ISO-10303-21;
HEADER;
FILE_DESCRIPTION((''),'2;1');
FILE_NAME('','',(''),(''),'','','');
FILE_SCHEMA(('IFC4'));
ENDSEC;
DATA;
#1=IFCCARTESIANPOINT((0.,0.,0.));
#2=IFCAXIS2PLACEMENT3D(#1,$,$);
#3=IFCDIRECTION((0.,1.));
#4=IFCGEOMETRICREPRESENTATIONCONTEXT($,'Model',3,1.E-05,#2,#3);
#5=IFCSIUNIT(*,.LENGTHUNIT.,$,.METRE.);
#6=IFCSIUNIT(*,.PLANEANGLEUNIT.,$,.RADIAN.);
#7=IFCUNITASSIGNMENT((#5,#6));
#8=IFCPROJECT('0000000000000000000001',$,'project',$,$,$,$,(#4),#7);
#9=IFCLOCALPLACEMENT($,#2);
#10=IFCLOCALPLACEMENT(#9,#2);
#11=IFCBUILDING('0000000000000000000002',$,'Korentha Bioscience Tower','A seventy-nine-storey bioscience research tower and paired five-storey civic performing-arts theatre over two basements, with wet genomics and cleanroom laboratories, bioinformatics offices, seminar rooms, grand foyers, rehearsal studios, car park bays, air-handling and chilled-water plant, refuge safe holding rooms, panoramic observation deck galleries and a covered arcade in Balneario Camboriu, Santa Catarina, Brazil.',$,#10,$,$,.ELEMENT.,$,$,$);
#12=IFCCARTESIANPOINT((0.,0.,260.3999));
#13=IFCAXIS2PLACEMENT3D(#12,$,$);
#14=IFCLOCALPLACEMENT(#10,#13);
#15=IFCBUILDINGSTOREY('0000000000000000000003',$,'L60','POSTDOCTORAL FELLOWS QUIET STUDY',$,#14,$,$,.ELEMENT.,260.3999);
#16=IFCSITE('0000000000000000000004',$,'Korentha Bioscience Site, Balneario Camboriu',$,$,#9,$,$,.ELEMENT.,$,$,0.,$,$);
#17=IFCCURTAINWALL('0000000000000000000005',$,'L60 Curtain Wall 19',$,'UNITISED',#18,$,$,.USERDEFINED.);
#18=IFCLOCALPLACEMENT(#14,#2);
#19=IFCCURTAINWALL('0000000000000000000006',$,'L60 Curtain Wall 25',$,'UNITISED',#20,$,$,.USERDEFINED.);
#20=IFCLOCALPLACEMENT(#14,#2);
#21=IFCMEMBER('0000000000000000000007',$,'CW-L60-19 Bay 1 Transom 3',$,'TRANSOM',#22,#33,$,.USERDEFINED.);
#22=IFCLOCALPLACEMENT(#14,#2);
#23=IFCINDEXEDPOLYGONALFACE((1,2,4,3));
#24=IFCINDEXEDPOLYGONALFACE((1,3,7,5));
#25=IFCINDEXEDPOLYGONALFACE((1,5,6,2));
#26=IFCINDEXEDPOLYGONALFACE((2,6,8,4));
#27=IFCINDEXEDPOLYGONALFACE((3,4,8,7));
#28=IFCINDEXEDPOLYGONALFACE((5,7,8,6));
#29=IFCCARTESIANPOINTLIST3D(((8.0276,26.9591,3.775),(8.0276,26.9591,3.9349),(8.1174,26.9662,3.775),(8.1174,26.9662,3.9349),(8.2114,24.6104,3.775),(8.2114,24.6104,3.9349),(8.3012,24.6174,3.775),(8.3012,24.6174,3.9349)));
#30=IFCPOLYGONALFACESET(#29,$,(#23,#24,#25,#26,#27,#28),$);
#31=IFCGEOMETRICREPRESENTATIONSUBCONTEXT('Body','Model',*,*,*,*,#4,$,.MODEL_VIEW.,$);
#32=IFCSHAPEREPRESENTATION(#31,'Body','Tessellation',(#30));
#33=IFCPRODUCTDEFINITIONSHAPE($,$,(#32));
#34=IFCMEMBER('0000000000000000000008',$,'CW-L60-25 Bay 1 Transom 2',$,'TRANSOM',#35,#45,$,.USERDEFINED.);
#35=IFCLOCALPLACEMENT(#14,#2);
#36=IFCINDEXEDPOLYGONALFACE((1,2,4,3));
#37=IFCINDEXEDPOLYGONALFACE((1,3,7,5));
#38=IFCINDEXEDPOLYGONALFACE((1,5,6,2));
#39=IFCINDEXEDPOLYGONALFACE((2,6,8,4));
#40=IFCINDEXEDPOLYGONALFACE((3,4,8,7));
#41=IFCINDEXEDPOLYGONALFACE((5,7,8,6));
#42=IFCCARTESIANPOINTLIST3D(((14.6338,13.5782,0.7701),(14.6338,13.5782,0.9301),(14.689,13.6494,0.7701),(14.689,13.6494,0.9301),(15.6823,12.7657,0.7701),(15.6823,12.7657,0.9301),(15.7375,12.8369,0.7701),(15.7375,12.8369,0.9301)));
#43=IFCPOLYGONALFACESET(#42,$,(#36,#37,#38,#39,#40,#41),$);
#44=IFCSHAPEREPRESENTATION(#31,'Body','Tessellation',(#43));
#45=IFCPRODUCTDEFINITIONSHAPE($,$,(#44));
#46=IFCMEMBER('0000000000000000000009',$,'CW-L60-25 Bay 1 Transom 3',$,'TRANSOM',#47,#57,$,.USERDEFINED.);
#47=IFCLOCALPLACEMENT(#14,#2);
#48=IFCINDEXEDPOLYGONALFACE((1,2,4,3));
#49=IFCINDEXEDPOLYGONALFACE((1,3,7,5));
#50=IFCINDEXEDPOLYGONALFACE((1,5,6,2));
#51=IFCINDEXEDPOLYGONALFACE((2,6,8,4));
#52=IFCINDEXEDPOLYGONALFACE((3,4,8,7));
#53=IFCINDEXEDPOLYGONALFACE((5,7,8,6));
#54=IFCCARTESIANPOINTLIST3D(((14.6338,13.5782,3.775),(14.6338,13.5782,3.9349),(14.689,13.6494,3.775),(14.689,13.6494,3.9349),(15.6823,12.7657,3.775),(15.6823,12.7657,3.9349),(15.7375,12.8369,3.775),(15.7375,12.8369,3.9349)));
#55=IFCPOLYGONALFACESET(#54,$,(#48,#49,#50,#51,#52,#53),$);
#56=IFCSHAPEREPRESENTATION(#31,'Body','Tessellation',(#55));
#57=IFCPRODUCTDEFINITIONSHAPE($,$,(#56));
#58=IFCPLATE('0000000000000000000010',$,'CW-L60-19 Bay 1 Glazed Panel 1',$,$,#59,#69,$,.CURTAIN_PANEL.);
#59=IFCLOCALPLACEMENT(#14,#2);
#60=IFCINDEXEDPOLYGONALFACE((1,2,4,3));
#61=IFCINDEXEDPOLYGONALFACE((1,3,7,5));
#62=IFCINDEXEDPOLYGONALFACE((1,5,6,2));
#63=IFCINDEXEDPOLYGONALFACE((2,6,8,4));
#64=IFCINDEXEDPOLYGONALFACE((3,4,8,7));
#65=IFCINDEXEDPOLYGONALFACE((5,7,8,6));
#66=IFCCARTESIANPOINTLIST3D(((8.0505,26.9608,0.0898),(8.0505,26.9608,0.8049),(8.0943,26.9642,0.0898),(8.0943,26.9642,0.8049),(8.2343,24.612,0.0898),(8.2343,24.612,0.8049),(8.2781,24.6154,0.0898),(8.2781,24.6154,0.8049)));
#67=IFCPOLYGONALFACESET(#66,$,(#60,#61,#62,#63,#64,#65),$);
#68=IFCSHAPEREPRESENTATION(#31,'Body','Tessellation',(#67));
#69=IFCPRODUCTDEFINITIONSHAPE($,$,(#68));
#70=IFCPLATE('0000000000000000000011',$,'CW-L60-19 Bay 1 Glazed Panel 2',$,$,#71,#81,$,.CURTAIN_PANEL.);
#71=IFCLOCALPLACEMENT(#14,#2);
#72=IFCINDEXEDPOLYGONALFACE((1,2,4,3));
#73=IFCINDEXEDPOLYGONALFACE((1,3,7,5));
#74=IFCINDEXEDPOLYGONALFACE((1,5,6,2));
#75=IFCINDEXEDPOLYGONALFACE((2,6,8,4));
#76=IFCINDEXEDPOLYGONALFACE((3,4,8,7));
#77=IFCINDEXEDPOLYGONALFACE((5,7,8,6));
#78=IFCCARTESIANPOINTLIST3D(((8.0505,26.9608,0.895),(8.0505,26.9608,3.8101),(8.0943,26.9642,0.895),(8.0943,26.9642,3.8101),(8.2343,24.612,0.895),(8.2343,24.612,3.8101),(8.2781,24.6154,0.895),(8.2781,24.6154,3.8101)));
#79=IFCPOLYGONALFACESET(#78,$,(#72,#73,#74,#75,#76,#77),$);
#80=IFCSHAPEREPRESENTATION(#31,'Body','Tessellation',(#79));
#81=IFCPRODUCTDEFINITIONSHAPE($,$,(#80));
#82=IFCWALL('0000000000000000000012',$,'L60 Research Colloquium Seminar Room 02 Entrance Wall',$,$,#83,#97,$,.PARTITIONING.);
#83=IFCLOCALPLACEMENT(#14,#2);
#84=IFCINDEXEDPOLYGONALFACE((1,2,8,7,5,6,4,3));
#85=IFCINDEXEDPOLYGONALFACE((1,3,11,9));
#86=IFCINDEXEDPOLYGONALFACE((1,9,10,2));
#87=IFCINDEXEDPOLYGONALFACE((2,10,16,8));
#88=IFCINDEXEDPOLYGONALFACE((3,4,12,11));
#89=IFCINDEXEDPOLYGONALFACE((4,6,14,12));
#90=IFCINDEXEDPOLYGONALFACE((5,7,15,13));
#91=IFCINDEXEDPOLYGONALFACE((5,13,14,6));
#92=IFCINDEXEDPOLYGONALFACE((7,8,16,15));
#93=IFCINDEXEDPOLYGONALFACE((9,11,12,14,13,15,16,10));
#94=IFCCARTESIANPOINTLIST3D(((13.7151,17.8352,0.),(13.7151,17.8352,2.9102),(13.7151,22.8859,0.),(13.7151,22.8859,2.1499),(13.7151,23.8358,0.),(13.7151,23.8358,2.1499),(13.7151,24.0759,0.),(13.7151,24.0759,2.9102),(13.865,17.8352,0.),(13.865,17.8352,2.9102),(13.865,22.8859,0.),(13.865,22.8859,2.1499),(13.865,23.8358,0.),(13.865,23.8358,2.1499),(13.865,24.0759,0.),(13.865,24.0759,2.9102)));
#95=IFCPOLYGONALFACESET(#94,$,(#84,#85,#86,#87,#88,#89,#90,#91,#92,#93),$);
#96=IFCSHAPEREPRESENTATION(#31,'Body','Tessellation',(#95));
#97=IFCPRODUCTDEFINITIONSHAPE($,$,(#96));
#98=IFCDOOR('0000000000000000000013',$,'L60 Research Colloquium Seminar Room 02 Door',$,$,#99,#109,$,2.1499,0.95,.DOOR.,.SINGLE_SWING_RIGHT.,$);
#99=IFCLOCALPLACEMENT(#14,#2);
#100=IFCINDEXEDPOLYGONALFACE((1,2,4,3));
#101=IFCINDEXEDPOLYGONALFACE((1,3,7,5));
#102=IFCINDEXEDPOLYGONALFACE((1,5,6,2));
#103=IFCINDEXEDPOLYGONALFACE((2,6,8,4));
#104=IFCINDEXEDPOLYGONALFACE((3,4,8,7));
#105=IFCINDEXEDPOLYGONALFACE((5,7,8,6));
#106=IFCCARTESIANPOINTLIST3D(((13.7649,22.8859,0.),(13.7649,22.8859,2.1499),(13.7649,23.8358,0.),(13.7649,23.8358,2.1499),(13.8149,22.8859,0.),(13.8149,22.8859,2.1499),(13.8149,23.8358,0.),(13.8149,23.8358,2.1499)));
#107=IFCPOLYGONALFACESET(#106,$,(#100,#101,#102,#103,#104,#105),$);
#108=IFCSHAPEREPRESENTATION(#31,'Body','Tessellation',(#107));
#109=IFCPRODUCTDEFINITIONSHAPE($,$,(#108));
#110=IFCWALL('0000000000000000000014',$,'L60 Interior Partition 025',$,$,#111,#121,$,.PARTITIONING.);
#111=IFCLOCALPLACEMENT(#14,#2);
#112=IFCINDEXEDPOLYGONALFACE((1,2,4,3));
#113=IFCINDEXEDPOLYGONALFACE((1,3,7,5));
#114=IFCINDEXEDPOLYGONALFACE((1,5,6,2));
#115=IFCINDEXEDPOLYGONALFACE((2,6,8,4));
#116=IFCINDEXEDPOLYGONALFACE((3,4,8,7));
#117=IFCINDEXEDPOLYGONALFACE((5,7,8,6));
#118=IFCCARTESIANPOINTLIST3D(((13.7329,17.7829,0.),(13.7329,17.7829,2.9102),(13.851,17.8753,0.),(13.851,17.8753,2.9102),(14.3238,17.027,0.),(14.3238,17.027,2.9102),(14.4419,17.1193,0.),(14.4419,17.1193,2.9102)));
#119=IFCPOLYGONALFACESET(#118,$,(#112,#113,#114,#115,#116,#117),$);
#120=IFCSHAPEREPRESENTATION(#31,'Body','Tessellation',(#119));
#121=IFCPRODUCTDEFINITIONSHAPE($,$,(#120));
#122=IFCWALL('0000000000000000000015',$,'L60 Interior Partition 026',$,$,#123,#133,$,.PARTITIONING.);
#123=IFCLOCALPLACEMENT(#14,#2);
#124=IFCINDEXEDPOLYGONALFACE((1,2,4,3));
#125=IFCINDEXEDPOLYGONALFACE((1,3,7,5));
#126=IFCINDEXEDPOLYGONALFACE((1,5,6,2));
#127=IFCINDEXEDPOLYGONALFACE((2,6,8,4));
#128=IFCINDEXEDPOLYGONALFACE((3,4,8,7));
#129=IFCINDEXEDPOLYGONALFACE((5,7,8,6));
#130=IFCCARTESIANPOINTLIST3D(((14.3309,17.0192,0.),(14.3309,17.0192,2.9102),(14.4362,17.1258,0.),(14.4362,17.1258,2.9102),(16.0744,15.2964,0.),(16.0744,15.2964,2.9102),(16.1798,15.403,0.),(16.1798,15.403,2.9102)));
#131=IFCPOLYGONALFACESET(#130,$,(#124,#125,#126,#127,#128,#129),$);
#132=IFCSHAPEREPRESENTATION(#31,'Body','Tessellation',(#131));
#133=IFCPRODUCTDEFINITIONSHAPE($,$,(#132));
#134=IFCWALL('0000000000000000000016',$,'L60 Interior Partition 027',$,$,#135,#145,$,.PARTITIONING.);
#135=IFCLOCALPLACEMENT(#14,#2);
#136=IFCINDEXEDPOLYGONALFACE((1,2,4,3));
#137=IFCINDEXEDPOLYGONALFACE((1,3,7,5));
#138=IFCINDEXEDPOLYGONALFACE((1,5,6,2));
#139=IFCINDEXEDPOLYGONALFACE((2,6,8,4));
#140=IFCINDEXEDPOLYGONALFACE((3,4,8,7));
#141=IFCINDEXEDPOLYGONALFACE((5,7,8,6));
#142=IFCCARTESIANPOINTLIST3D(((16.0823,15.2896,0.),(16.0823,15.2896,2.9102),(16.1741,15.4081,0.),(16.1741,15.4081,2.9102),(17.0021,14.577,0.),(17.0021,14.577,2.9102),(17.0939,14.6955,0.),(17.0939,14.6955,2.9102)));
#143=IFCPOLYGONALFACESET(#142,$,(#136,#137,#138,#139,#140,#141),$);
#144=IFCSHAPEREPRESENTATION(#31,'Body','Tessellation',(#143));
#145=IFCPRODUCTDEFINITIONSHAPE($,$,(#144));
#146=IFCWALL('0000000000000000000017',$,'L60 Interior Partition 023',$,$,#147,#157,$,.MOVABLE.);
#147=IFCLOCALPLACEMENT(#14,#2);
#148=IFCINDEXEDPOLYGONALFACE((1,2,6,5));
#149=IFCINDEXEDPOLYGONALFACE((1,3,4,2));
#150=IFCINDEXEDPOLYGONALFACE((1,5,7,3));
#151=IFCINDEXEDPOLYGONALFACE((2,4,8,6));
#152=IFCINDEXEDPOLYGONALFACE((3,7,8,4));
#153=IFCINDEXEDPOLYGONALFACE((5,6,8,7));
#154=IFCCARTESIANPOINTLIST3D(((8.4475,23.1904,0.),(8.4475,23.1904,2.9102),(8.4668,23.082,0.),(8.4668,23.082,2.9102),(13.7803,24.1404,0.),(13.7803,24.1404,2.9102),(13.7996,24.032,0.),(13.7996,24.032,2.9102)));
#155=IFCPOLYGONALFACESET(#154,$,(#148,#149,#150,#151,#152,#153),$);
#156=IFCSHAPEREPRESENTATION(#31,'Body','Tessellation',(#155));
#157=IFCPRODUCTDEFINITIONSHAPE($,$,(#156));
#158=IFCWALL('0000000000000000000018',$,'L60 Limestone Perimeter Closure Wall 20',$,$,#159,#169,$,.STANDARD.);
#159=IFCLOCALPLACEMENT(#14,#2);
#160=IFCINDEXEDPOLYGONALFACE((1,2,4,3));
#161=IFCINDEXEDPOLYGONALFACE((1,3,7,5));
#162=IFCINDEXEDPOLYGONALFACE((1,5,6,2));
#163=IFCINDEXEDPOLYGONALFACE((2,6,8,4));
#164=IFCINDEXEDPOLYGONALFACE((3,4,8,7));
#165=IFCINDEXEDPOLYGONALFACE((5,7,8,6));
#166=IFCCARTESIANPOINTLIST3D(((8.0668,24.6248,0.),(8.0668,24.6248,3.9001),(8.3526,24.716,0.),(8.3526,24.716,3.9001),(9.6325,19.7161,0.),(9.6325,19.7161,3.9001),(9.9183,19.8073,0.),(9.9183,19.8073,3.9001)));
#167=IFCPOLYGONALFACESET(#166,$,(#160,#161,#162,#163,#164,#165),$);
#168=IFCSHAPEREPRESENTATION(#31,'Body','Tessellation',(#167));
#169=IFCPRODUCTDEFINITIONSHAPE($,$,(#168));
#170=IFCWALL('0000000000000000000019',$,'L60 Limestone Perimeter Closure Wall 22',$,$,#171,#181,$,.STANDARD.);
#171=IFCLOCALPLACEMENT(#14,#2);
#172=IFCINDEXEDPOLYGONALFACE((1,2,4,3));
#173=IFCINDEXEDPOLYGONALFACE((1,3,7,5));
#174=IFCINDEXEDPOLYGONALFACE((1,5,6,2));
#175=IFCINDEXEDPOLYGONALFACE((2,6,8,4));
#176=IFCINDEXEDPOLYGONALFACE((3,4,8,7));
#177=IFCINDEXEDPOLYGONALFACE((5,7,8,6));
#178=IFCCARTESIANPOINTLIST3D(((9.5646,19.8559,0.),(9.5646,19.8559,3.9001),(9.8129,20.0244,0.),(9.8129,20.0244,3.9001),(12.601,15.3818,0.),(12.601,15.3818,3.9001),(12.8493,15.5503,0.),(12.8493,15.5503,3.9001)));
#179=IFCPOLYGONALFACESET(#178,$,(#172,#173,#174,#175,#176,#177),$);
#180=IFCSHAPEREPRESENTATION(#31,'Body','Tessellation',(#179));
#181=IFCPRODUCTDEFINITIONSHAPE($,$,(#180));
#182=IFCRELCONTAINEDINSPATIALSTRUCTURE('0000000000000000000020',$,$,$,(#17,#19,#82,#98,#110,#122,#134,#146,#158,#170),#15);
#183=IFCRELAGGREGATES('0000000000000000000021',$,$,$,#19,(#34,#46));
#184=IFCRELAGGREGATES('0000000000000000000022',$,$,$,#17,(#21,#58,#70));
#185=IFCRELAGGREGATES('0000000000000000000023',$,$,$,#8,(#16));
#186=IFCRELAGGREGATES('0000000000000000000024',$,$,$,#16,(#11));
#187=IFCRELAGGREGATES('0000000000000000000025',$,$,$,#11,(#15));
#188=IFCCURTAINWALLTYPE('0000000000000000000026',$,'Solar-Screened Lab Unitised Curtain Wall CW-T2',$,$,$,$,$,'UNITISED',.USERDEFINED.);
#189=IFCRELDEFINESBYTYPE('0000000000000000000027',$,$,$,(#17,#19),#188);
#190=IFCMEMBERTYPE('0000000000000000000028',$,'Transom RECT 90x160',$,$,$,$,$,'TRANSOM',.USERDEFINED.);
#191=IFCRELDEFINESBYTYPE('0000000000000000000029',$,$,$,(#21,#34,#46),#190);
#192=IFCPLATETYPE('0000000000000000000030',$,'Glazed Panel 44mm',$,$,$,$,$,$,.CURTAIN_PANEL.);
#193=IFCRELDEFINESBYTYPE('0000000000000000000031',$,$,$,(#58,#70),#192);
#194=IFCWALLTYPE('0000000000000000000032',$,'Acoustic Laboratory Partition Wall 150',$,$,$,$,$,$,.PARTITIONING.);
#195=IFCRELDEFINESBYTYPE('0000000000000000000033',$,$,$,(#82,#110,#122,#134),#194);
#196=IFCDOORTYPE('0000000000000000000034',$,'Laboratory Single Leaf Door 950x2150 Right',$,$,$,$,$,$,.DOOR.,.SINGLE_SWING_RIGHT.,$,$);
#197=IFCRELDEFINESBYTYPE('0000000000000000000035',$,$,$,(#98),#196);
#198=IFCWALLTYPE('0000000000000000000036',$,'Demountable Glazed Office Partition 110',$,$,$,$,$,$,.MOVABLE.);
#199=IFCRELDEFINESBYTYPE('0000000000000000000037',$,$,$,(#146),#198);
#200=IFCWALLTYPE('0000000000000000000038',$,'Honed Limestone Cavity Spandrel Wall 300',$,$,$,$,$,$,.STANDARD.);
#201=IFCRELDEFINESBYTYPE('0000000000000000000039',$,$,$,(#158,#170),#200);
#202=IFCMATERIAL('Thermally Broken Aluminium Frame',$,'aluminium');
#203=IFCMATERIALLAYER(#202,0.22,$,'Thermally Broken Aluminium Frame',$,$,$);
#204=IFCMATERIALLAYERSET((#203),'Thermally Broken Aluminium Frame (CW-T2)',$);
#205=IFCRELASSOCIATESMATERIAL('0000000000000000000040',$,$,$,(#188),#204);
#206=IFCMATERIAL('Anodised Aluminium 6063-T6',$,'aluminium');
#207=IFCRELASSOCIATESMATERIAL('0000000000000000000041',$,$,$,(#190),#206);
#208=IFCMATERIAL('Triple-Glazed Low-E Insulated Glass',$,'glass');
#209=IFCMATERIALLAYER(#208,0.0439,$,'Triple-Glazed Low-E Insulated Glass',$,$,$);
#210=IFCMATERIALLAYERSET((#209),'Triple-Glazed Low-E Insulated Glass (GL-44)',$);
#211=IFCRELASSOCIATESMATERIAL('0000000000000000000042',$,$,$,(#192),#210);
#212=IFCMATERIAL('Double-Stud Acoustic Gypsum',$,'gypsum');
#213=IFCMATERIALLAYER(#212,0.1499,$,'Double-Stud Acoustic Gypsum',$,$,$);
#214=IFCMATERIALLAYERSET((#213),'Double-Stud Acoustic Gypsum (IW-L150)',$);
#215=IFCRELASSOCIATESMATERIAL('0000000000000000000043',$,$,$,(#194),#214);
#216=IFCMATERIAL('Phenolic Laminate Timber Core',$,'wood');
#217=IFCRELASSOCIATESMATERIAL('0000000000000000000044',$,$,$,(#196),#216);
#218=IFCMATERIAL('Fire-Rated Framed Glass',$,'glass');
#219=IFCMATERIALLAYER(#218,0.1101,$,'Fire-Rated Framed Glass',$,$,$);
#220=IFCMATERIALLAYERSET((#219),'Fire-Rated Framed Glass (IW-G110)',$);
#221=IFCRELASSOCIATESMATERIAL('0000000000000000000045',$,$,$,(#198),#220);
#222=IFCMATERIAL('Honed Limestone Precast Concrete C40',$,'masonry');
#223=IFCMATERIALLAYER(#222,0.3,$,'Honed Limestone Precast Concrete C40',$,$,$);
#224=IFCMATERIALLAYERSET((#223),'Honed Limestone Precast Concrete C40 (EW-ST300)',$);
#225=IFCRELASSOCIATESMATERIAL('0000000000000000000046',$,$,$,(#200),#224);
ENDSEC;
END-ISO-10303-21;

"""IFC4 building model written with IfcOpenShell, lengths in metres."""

from ifc_helpers import new_model, si_unit, direction, frame, frame_2d, origin, origin_2d, place, context, subcontext, project, spatial, rectangle, extrude, material, layer, layer_set, material_profile, profile_set, type_object, element, fill, aggregate, save


model = new_model("IFC4")

# Units and contexts
model_context = context("Model", 3, precision=1e-05, world=origin(), true_north=direction((0.0, 1.0)))
body_context = subcontext(model_context, "Body", "Model", "MODEL_VIEW")
ifc_project = project(units=[si_unit("LENGTHUNIT", "METRE"), si_unit("PLANEANGLEUNIT", "RADIAN")], contexts=[model_context])

# Site, building, storey
site_placement = place(None, origin())
site = spatial("IfcSite", under=ifc_project, at=site_placement, Name="Korentha Bioscience Site, Balneario Camboriu", CompositionType="ELEMENT", RefElevation=0.0)
building_placement = place(site_placement, origin())
building = spatial("IfcBuilding", under=site, at=building_placement, Name="Korentha Bioscience Tower", Description="A seventy-nine-storey bioscience research tower and paired five-storey civic performing-arts theatre over two basements, with wet genomics and cleanroom laboratories, bioinformatics offices, seminar rooms, grand foyers, rehearsal studios, car park bays, air-handling and chilled-water plant, refuge safe holding rooms, panoramic observation deck galleries and a covered arcade in Balneario Camboriu, Santa Catarina, Brazil.", CompositionType="ELEMENT")
storey_placement = place(building_placement, frame((0.0, 0.0, 260.3999)))
storey = spatial("IfcBuildingStorey", under=building, at=storey_placement, Name="L60", Description="POSTDOCTORAL FELLOWS QUIET STUDY", CompositionType="ELEMENT", Elevation=260.3999)

# Curtain wall
ifc_material_1 = material(Name="Thermally Broken Aluminium Frame", Category="aluminium")
ifc_layer_1 = layer(ifc_material_1, 0.22, Name="Thermally Broken Aluminium Frame")
ifc_layer_set_1 = layer_set([ifc_layer_1], Name="Thermally Broken Aluminium Frame (CW-T2)")
curtain_wall_type = type_object("IfcCurtainWallType", Name="Solar-Screened Lab Unitised Curtain Wall CW-T2", ElementType="UNITISED", PredefinedType="USERDEFINED", material=ifc_layer_set_1)
curtain_wall_1_placement = place(storey_placement, origin())
curtain_wall_1 = element("IfcCurtainWall", 1, at=curtain_wall_1_placement, inside=storey, type_object=curtain_wall_type, Name="L60 Curtain Wall 19", ObjectType="UNITISED", PredefinedType="USERDEFINED")
ifc_material_2 = material(Name="Anodised Aluminium 6063-T6", Category="aluminium")

# Curtain wall
curtain_wall_2_placement = place(storey_placement, origin())
curtain_wall_2 = element("IfcCurtainWall", 2, at=curtain_wall_2_placement, inside=storey, type_object=curtain_wall_type, Name="L60 Curtain Wall 25", ObjectType="UNITISED", PredefinedType="USERDEFINED")

# Members
ifc_material_profile_1 = material_profile(ifc_material_2, rectangle(XDim=0.0901, YDim=0.1599, at=origin_2d()), Name="Anodised Aluminium 6063-T6")
ifc_profile_set_1 = profile_set([ifc_material_profile_1], Name="Anodised Aluminium 6063-T6 (CW-TRN)")
member_type_1 = type_object("IfcMemberType", Name="Transom RECT 90x160", ElementType="TRANSOM", PredefinedType="USERDEFINED", material=ifc_profile_set_1)
member_1_placement = place(storey_placement, frame((8.0725, 26.9626, 3.855), z_axis=(0.078028, -0.996951, 0.0), x_axis=(0.996951, 0.078028, 0.0)))
member_1 = element("IfcMember", 3, at=member_1_placement, type_object=member_type_1, Name="CW-L60-19 Bay 1 Transom 3", ObjectType="TRANSOM", PredefinedType="USERDEFINED", context=body_context, shape_type="SweptSolid", body=[
    extrude(rectangle(XDim=0.0901, YDim=0.1599, at=origin_2d()), origin(), (0.0, 0.0, 1.0), 2.356),
])
member_2_placement = place(storey_placement, frame((14.6614, 13.6138, 0.8501), z_axis=(0.790471, -0.6125, 0.0), x_axis=(0.6125, 0.790471, 0.0)))
member_2 = element("IfcMember", 4, at=member_2_placement, type_object=member_type_1, Name="CW-L60-25 Bay 1 Transom 2", ObjectType="TRANSOM", PredefinedType="USERDEFINED", context=body_context, shape_type="SweptSolid", body=[
    extrude(rectangle(XDim=0.0901, YDim=0.1599, at=origin_2d()), origin(), (0.0, 0.0, 1.0), 1.3264),
])
member_3_placement = place(storey_placement, frame((14.6614, 13.6138, 3.855), z_axis=(0.790471, -0.6125, 0.0), x_axis=(0.6125, 0.790471, 0.0)))
member_3 = element("IfcMember", 5, at=member_3_placement, type_object=member_type_1, Name="CW-L60-25 Bay 1 Transom 3", ObjectType="TRANSOM", PredefinedType="USERDEFINED", context=body_context, shape_type="SweptSolid", body=[
    extrude(rectangle(XDim=0.0901, YDim=0.1599, at=origin_2d()), origin(), (0.0, 0.0, 1.0), 1.3264),
])
aggregate(curtain_wall_2, [member_2, member_3])

# Plates
ifc_material_3 = material(Name="Triple-Glazed Low-E Insulated Glass", Category="glass")
ifc_layer_2 = layer(ifc_material_3, 0.0439, Name="Triple-Glazed Low-E Insulated Glass")
ifc_layer_set_2 = layer_set([ifc_layer_2], Name="Triple-Glazed Low-E Insulated Glass (GL-44)")
plate_type = type_object("IfcPlateType", Name="Glazed Panel 44mm", PredefinedType="CURTAIN_PANEL", material=ifc_layer_set_2)
plate_1_placement = place(storey_placement, frame((8.1643, 25.7881, 0.0898), z_axis=(0.0, 0.0, 1.0), x_axis=(0.078035, -0.996951, 0.0)))
plate_1 = element("IfcPlate", 6, at=plate_1_placement, type_object=plate_type, Name="CW-L60-19 Bay 1 Glazed Panel 1", PredefinedType="CURTAIN_PANEL", context=body_context, shape_type="SweptSolid", body=[
    extrude(rectangle(XDim=2.356, YDim=0.0439, at=origin_2d()), origin(), (0.0, 0.0, 1.0), 0.7151),
])
plate_2_placement = place(storey_placement, frame((8.1643, 25.7881, 0.895), z_axis=(0.0, 0.0, 1.0), x_axis=(0.078035, -0.996951, 0.0)))
plate_2 = element("IfcPlate", 7, at=plate_2_placement, type_object=plate_type, Name="CW-L60-19 Bay 1 Glazed Panel 2", PredefinedType="CURTAIN_PANEL", context=body_context, shape_type="SweptSolid", body=[
    extrude(rectangle(XDim=2.356, YDim=0.0439, at=origin_2d()), origin(), (0.0, 0.0, 1.0), 2.915),
])
aggregate(curtain_wall_1, [member_1, plate_1, plate_2])

# Wall, opening, door
ifc_material_4 = material(Name="Double-Stud Acoustic Gypsum", Category="gypsum")
ifc_layer_3 = layer(ifc_material_4, 0.1499, Name="Double-Stud Acoustic Gypsum")
ifc_layer_set_3 = layer_set([ifc_layer_3], Name="Double-Stud Acoustic Gypsum (IW-L150)")
wall_type_1 = type_object("IfcWallType", Name="Acoustic Laboratory Partition Wall 150", PredefinedType="PARTITIONING", material=ifc_layer_set_3)
wall_1_placement = place(storey_placement, frame((13.79, 24.0759, 0.0), z_axis=(0.0, 0.0, 1.0), x_axis=(0.0, -1.0, 0.0)))
wall_1 = element("IfcWall", 8, at=wall_1_placement, inside=storey, type_object=wall_type_1, Name="L60 Research Colloquium Seminar Room 02 Entrance Wall", PredefinedType="PARTITIONING", context=body_context, shape_type="SweptSolid", body=[
    extrude(rectangle(XDim=6.2407, YDim=0.1499, at=frame_2d((3.1204, 0.0))), origin(), (0.0, 0.0, 1.0), 2.9102),
])
opening_placement = place(wall_1_placement, frame((0.24, 0.0, 0.0)))
opening = element("IfcOpeningElement", 9, at=opening_placement, cuts=wall_1, PredefinedType="OPENING", context=body_context, shape_type="SweptSolid", body=[
    extrude(rectangle(XDim=0.95, YDim=2.1499, at=frame_2d((0.4751, 1.075))), frame((0.0, 0.0898, 0.0), z_axis=(0.0, -1.0, 0.0), x_axis=(1.0, 0.0, 0.0)), (0.0, 0.0, 1.0), 0.1797),
])
ifc_material_5 = material(Name="Phenolic Laminate Timber Core", Category="wood")
door_type = type_object("IfcDoorType", Name="Laboratory Single Leaf Door 950x2150 Right", OperationType="SINGLE_SWING_RIGHT", PredefinedType="DOOR", material=ifc_material_5)
door_placement = place(opening_placement, origin())
door = element("IfcDoor", 10, at=door_placement, inside=storey, type_object=door_type, Name="L60 Research Colloquium Seminar Room 02 Door", OperationType="SINGLE_SWING_RIGHT", OverallHeight=2.1499, OverallWidth=0.95, PredefinedType="DOOR", context=body_context, shape_type="SweptSolid", body=[
    extrude(rectangle(XDim=0.95, YDim=2.1499, at=frame_2d((0.4751, 1.075))), frame((0.0, 0.0249, 0.0), z_axis=(0.0, -1.0, 0.0), x_axis=(1.0, 0.0, 0.0)), (0.0, 0.0, 1.0), 0.05),
])
fill(opening, door)

# Walls
wall_2_placement = place(storey_placement, frame((13.792, 17.8291, 0.0), z_axis=(0.0, 0.0, 1.0), x_axis=(0.615842, -0.78787, 0.0)))
element("IfcWall", 11, at=wall_2_placement, inside=storey, type_object=wall_type_1, Name="L60 Interior Partition 025", PredefinedType="PARTITIONING", context=body_context, shape_type="SweptSolid", body=[
    extrude(rectangle(XDim=0.9595, YDim=0.1499, at=frame_2d((0.4797, 0.0))), origin(), (0.0, 0.0, 1.0), 2.9102),
])
wall_3_placement = place(storey_placement, frame((14.3835, 17.0725, 0.0), z_axis=(0.0, 0.0, 1.0), x_axis=(0.711327, -0.702861, 0.0)))
element("IfcWall", 12, at=wall_3_placement, inside=storey, type_object=wall_type_1, Name="L60 Interior Partition 026", PredefinedType="PARTITIONING", context=body_context, shape_type="SweptSolid", body=[
    extrude(rectangle(XDim=2.4512, YDim=0.1499, at=frame_2d((1.2256, 0.0))), origin(), (0.0, 0.0, 1.0), 2.9102),
])
wall_4_placement = place(storey_placement, frame((16.1282, 15.3489, 0.0), z_axis=(0.0, 0.0, 1.0), x_axis=(0.790537, -0.612414, 0.0)))
element("IfcWall", 13, at=wall_4_placement, inside=storey, type_object=wall_type_1, Name="L60 Interior Partition 027", PredefinedType="PARTITIONING", context=body_context, shape_type="SweptSolid", body=[
    extrude(rectangle(XDim=1.1636, YDim=0.1499, at=frame_2d((0.5818, 0.0))), origin(), (0.0, 0.0, 1.0), 2.9102),
])
ifc_material_6 = material(Name="Fire-Rated Framed Glass", Category="glass")
ifc_layer_4 = layer(ifc_material_6, 0.1101, Name="Fire-Rated Framed Glass")
ifc_layer_set_4 = layer_set([ifc_layer_4], Name="Fire-Rated Framed Glass (IW-G110)")
wall_type_2 = type_object("IfcWallType", Name="Demountable Glazed Office Partition 110", PredefinedType="MOVABLE", material=ifc_layer_set_4)
wall_5_placement = place(storey_placement, frame((13.79, 24.0862, 0.0), z_axis=(0.0, 0.0, 1.0), x_axis=(-0.984502, -0.175374, 0.0)))
element("IfcWall", 14, at=wall_5_placement, inside=storey, type_object=wall_type_2, Name="L60 Interior Partition 023", PredefinedType="MOVABLE", context=body_context, shape_type="SweptSolid", body=[
    extrude(rectangle(XDim=5.4167, YDim=0.1101, at=frame_2d((2.7085, 0.0))), origin(), (0.0, 0.0, 1.0), 2.9102),
])
ifc_material_7 = material(Name="Honed Limestone Precast Concrete C40", Category="masonry")
ifc_layer_5 = layer(ifc_material_7, 0.3, Name="Honed Limestone Precast Concrete C40")
ifc_layer_set_5 = layer_set([ifc_layer_5], Name="Honed Limestone Precast Concrete C40 (EW-ST300)")
wall_type_3 = type_object("IfcWallType", Name="Honed Limestone Cavity Spandrel Wall 300", PredefinedType="STANDARD", material=ifc_layer_set_5)
wall_6_placement = place(storey_placement, frame((8.2097, 24.6704, 0.0), z_axis=(0.0, 0.0, 1.0), x_axis=(0.303876, -0.952711, 0.0)))
element("IfcWall", 15, at=wall_6_placement, inside=storey, type_object=wall_type_3, Name="L60 Limestone Perimeter Closure Wall 20", PredefinedType="STANDARD", context=body_context, shape_type="SweptSolid", body=[
    extrude(rectangle(XDim=5.1523, YDim=0.3, at=frame_2d((2.5762, 0.0))), origin(), (0.0, 0.0, 1.0), 3.9001),
])
wall_7_placement = place(storey_placement, frame((9.6887, 19.9402, 0.0), z_axis=(0.0, 0.0, 1.0), x_axis=(0.561548, -0.827444, 0.0)))
element("IfcWall", 16, at=wall_7_placement, inside=storey, type_object=wall_type_3, Name="L60 Limestone Perimeter Closure Wall 22", PredefinedType="STANDARD", context=body_context, shape_type="SweptSolid", body=[
    extrude(rectangle(XDim=5.4072, YDim=0.3, at=frame_2d((2.7036, 0.0))), origin(), (0.0, 0.0, 1.0), 3.9001),
])

save(model, "model.ifc")
